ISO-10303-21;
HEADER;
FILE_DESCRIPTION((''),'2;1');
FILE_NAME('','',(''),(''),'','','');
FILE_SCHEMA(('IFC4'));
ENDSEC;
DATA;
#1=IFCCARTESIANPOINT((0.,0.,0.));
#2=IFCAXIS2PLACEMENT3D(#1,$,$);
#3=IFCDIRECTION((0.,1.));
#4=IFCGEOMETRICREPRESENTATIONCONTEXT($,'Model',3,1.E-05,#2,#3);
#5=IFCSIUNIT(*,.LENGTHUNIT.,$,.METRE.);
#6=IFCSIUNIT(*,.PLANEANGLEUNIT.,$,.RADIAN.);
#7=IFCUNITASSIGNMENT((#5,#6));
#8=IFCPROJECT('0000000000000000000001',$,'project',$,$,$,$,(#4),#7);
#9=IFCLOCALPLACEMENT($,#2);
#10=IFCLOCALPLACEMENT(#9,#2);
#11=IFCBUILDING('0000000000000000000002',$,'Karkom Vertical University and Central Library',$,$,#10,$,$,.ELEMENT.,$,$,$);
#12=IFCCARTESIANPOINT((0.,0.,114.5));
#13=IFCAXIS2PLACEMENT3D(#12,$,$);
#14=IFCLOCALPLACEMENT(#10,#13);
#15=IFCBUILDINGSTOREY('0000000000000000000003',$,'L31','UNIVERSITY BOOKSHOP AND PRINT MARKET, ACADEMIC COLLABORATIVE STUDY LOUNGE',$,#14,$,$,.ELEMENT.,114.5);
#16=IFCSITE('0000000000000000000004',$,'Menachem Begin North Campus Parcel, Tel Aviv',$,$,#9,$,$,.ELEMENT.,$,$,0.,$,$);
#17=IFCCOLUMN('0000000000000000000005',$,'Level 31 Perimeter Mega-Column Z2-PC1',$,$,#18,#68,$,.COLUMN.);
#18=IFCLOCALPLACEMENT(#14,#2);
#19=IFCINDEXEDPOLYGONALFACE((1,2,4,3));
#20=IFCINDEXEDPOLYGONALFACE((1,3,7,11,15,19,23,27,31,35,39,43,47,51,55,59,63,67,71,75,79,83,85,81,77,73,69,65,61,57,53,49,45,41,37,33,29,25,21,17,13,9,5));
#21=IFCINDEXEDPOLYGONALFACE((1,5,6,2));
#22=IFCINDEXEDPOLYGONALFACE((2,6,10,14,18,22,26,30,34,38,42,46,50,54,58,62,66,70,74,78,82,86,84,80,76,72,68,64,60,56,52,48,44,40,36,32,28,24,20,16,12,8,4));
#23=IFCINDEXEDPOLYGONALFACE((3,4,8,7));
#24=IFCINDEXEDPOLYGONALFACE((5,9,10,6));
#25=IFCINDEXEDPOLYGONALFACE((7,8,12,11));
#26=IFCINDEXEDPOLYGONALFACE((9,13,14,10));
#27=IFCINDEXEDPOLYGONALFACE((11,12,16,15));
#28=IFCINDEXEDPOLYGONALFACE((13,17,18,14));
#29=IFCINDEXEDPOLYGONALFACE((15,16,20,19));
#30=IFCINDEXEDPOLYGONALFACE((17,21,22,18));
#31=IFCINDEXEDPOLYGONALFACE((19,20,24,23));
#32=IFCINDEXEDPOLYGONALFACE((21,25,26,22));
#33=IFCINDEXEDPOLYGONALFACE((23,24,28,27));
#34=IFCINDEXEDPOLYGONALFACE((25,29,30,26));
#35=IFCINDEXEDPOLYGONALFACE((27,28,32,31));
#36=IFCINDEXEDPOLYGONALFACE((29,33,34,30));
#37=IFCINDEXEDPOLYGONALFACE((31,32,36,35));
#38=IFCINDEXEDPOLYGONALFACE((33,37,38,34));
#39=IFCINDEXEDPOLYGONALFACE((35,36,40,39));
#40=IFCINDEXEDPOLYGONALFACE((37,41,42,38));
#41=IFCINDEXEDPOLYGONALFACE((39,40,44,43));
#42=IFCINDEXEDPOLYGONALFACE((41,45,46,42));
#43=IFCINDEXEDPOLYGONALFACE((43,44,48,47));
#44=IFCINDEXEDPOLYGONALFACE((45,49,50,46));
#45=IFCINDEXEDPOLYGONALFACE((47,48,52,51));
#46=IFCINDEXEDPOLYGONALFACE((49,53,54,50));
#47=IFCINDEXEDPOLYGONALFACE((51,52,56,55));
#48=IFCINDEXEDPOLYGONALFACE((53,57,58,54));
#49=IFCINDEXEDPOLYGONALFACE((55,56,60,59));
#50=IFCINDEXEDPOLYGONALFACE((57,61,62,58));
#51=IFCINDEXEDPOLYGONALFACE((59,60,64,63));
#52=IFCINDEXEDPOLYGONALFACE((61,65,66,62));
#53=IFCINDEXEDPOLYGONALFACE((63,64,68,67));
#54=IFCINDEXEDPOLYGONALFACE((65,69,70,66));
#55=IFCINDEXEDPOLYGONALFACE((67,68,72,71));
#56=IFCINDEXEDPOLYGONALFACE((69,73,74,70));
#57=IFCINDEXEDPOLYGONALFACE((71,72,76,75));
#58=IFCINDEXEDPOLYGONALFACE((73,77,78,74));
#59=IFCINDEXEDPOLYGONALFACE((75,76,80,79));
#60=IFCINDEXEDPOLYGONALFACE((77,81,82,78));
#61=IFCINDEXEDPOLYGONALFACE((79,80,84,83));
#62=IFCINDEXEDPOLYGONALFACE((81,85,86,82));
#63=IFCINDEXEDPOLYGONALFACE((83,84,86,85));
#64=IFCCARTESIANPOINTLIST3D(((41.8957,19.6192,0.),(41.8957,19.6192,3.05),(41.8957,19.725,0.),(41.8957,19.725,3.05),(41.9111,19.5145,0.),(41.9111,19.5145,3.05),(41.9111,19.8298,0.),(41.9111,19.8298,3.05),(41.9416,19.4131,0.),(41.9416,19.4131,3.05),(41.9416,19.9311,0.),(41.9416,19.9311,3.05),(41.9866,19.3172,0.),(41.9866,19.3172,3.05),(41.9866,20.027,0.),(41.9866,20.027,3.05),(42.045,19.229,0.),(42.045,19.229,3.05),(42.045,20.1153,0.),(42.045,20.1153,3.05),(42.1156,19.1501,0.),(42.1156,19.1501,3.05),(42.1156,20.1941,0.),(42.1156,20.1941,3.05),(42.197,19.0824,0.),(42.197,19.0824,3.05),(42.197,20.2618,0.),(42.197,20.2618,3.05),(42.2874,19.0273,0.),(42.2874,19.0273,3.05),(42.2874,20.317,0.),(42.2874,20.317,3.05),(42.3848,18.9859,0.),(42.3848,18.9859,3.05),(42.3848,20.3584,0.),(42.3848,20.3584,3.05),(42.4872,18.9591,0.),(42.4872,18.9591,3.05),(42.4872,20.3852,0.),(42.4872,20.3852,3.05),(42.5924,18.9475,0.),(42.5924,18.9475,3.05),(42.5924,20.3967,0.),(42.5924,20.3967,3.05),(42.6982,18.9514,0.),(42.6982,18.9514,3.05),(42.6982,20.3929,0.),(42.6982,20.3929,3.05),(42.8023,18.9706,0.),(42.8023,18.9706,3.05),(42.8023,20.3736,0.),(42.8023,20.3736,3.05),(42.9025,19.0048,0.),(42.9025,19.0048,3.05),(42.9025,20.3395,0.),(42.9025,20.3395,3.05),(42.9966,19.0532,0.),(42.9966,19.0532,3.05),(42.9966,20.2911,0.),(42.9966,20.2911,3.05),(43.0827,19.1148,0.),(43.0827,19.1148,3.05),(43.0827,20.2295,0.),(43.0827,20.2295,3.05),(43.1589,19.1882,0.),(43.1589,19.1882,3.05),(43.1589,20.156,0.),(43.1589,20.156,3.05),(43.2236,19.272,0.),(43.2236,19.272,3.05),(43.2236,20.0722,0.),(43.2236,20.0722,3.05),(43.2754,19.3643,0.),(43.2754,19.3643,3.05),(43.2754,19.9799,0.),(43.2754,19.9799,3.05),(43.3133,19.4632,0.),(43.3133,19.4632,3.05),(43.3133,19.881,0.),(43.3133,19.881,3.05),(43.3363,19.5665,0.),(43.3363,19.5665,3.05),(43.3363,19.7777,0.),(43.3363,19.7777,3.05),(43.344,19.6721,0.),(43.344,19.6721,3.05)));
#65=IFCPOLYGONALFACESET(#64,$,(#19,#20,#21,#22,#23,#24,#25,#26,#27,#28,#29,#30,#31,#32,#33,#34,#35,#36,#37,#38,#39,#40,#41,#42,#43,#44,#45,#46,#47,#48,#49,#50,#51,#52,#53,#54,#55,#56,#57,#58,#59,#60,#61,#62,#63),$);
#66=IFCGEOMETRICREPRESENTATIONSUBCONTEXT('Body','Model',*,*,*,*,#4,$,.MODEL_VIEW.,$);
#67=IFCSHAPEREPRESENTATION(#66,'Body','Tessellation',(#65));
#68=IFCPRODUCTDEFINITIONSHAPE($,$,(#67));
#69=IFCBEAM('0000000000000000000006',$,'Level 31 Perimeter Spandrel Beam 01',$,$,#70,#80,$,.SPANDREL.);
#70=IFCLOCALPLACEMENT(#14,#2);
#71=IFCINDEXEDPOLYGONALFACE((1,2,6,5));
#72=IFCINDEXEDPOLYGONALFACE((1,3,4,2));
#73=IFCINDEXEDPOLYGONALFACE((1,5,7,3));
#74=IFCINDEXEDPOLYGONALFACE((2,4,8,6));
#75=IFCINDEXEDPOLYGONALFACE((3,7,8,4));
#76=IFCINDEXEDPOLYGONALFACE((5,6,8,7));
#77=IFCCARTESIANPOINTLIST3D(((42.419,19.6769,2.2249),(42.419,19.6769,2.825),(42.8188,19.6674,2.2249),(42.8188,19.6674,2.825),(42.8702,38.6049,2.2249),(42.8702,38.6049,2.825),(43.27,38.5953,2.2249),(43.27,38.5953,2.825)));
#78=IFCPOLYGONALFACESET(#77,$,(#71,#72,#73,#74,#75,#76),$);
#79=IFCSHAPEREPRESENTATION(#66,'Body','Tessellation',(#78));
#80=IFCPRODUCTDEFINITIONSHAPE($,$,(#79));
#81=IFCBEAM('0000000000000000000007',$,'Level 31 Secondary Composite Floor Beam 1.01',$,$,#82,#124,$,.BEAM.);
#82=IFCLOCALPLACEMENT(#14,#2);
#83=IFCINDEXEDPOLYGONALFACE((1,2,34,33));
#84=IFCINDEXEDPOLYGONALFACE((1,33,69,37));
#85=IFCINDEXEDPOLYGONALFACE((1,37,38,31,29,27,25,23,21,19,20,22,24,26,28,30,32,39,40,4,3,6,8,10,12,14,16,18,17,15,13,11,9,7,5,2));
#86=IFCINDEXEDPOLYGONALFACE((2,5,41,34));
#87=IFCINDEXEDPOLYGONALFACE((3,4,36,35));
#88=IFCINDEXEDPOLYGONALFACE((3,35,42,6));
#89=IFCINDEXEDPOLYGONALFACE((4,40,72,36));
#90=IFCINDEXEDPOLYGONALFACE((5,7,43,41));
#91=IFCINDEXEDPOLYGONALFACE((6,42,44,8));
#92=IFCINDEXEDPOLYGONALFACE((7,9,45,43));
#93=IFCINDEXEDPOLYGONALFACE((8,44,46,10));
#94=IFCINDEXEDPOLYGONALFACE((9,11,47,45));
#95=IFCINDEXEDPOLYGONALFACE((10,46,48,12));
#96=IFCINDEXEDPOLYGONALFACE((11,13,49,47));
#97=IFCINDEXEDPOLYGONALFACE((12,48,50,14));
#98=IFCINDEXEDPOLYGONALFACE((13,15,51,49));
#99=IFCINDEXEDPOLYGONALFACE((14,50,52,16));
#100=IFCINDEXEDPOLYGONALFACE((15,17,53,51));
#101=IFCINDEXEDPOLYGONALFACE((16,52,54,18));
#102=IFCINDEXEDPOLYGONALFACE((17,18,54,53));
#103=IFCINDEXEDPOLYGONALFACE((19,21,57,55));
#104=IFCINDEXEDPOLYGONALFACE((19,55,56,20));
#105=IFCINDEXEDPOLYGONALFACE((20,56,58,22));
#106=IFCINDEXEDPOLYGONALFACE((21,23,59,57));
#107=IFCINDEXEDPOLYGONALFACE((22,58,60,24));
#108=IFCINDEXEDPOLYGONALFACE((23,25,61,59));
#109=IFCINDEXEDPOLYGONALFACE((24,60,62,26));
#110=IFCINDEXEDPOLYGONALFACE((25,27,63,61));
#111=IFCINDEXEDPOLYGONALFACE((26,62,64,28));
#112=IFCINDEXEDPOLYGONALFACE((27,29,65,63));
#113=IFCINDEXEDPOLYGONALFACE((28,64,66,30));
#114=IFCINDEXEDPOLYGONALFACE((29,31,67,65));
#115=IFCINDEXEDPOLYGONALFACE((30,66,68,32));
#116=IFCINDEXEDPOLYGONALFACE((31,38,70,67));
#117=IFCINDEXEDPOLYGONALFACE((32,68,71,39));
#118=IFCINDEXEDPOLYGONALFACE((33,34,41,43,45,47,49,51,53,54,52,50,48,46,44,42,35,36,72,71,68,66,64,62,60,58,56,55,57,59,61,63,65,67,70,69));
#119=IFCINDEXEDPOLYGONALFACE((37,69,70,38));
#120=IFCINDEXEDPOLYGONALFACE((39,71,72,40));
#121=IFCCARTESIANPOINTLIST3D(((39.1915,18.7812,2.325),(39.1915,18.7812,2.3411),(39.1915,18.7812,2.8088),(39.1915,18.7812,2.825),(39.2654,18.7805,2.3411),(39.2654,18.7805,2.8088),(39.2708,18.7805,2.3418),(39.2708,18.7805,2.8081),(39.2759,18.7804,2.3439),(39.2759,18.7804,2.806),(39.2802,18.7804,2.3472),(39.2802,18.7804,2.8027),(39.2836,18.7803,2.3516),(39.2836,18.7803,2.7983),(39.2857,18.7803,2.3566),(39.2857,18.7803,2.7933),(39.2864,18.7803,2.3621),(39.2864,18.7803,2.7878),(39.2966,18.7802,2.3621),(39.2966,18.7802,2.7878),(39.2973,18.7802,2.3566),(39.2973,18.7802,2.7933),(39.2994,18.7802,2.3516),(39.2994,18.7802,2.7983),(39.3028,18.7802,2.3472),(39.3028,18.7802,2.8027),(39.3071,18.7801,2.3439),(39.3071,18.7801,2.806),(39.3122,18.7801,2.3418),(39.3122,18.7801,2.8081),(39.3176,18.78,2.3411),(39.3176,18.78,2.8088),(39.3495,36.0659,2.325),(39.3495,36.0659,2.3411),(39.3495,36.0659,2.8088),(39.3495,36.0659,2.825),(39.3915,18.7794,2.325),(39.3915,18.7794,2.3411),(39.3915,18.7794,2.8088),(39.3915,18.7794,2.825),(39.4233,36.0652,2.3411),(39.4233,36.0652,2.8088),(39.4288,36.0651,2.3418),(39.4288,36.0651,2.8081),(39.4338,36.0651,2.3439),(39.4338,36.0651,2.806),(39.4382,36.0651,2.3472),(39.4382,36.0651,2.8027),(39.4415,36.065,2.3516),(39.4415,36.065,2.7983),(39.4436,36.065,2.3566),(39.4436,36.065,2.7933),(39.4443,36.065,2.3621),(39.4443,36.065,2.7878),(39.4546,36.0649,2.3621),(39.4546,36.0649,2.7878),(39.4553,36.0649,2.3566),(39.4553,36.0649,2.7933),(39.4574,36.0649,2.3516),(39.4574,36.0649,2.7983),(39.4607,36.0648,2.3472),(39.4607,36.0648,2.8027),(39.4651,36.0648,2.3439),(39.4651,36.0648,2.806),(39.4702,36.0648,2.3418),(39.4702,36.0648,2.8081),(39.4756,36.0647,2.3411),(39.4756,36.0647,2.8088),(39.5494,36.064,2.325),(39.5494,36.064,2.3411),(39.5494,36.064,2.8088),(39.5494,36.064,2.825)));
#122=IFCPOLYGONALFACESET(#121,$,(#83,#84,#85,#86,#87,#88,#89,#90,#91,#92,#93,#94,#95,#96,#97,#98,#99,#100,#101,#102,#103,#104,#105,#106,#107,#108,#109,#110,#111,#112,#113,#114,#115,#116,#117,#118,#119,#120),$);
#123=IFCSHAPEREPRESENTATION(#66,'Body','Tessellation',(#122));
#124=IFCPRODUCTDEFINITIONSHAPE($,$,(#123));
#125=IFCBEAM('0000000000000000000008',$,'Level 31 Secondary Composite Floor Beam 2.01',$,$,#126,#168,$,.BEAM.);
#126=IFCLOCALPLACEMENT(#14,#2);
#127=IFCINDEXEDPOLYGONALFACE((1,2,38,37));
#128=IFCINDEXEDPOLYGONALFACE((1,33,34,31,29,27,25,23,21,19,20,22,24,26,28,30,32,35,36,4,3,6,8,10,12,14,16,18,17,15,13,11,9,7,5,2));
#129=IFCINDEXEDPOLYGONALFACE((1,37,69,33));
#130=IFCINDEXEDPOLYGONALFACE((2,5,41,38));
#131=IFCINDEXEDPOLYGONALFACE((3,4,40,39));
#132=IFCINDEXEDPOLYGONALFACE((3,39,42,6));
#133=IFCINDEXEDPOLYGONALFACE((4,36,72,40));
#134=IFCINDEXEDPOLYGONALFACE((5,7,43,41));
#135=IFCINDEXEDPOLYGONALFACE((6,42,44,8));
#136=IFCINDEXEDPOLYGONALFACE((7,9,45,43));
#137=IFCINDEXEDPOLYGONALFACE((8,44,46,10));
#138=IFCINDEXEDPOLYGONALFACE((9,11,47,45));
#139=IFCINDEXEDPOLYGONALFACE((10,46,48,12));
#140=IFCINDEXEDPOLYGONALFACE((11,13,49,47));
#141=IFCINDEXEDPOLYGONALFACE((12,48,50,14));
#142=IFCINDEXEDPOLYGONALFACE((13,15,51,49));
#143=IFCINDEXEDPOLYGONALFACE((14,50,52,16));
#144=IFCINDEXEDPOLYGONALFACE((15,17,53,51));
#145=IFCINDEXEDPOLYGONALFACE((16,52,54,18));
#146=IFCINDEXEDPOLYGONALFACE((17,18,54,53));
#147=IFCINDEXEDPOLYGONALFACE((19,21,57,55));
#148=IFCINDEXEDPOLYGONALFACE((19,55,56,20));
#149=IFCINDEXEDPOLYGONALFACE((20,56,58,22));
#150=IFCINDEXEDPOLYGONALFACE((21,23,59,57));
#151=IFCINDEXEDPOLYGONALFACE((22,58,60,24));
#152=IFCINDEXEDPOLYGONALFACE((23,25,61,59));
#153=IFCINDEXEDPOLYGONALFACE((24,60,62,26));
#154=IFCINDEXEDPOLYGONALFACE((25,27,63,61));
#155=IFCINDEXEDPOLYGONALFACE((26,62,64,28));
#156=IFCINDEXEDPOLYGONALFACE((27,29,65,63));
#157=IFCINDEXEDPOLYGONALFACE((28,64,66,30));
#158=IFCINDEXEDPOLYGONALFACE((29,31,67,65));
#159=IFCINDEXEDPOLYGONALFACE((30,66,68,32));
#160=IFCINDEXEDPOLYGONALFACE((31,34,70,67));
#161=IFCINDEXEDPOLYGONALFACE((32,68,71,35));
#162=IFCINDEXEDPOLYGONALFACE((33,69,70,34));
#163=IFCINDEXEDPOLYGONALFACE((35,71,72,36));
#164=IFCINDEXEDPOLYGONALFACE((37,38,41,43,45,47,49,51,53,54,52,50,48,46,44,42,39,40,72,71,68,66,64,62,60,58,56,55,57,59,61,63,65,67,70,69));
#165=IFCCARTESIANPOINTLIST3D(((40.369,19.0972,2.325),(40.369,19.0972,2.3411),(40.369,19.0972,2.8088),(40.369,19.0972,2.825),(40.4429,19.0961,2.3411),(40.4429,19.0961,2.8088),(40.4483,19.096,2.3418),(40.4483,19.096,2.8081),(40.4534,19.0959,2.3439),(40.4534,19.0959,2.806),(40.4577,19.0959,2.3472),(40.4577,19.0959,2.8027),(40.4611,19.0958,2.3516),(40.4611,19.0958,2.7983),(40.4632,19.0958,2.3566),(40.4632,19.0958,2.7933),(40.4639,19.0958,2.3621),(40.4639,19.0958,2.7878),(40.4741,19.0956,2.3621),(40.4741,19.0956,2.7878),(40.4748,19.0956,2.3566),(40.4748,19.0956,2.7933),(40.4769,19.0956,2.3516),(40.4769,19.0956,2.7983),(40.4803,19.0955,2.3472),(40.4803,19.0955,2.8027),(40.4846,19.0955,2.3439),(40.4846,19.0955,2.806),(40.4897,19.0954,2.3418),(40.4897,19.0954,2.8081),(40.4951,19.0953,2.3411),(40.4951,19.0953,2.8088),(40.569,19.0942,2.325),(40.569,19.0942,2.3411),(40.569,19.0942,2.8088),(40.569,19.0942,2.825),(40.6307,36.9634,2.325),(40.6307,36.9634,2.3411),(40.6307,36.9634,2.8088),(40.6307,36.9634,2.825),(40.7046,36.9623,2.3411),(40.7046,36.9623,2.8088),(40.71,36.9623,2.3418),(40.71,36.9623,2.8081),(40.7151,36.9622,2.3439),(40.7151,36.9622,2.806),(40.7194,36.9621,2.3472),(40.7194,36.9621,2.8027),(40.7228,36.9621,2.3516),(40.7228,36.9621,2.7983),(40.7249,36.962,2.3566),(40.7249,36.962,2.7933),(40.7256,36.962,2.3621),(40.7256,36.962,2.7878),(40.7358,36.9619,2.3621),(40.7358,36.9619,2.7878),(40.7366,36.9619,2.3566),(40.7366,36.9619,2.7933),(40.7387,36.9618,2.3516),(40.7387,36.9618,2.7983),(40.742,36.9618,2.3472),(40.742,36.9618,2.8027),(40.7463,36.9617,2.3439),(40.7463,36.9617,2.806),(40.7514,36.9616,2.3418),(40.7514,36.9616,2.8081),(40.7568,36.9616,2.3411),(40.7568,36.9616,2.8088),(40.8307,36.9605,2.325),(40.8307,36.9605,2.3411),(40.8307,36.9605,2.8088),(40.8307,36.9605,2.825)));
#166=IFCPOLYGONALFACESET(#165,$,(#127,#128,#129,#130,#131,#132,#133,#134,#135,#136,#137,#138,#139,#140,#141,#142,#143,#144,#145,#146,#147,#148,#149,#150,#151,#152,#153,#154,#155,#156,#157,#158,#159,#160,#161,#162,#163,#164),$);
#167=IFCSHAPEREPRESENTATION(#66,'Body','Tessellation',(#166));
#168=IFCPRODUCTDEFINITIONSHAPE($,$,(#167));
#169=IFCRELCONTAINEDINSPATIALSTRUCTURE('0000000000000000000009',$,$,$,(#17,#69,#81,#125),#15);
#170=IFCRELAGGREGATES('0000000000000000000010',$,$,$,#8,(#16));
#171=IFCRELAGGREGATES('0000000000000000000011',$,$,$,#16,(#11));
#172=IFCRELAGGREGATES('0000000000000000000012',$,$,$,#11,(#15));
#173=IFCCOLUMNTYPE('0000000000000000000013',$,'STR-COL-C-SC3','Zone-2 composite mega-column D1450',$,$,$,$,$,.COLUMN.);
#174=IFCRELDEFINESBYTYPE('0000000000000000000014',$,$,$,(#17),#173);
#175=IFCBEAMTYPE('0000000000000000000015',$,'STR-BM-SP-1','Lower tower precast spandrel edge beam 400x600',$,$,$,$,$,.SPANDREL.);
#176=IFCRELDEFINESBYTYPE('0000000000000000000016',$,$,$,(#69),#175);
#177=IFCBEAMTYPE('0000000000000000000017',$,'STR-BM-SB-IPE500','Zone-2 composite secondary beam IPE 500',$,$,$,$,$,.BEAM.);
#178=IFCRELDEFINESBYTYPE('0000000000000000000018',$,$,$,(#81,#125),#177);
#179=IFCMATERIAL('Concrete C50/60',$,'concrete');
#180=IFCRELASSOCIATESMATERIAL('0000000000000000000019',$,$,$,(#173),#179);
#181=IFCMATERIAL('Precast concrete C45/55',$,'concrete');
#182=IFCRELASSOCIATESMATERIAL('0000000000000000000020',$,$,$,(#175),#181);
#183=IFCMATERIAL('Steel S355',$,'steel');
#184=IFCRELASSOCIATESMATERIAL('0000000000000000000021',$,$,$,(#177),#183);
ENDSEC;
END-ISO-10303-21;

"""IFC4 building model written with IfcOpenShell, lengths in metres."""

from ifc_helpers import new_model, si_unit, direction, frame, origin, origin_with_axes, origin_2d, place, context, subcontext, project, spatial, rectangle, circle, i_section, extrude, source, transform, mapped, material, material_profile, profile_set, type_object, element, save


model = new_model("IFC4")

# Units and contexts
model_context = context("Model", 3, precision=1e-05, world=origin(), true_north=direction((0.0, 1.0)))
body_context = subcontext(model_context, "Body", "Model", "MODEL_VIEW")
ifc_project = project(units=[si_unit("LENGTHUNIT", "METRE"), si_unit("PLANEANGLEUNIT", "RADIAN")], contexts=[model_context])

# Site, building, storey
site_placement = place(None, origin())
site = spatial("IfcSite", under=ifc_project, at=site_placement, Name="Menachem Begin North Campus Parcel, Tel Aviv", CompositionType="ELEMENT", RefElevation=0.0)
building_placement = place(site_placement, origin())
building = spatial("IfcBuilding", under=site, at=building_placement, Name="Karkom Vertical University and Central Library", CompositionType="ELEMENT")
storey_placement = place(building_placement, frame((0.0, 0.0, 114.5)))
storey = spatial("IfcBuildingStorey", under=building, at=storey_placement, Name="L31", Description="UNIVERSITY BOOKSHOP AND PRINT MARKET, ACADEMIC COLLABORATIVE STUDY LOUNGE", CompositionType="ELEMENT", Elevation=114.5)

# Column
ifc_material_1 = material(Name="Concrete C50/60", Category="concrete")
ifc_material_profile_1 = material_profile(ifc_material_1, circle(Radius=0.7251, at=origin_2d()), Name="CFT-D1450")
ifc_profile_set_1 = profile_set([ifc_material_profile_1], Name="Concrete C50/60")
column_type = type_object("IfcColumnType", Name="STR-COL-C-SC3", Description="Zone-2 composite mega-column D1450", PredefinedType="COLUMN", material=ifc_profile_set_1)
shared_shape_1 = source(origin_with_axes(), body_context, "Body", "SweptSolid", [
    extrude(circle(Radius=0.7251, at=origin_2d()), origin(), (0.0, 0.0, 1.0), 3.05),
])
column_placement = place(storey_placement, frame((42.6189, 19.6721, 0.0), z_axis=(0.0, 0.0, 1.0), x_axis=(1.0, 0.0, 0.0)))
element("IfcColumn", 1, at=column_placement, inside=storey, type_object=column_type, Name="Level 31 Perimeter Mega-Column Z2-PC1", PredefinedType="COLUMN", context=body_context, shape_type="MappedRepresentation", body=[
    mapped(shared_shape_1, transform((0.0, 0.0, 0.0), scale=1.0)),
])

# Beams
ifc_material_2 = material(Name="Precast concrete C45/55", Category="concrete")
ifc_material_profile_2 = material_profile(ifc_material_2, rectangle(XDim=0.3999, YDim=0.6001, at=origin_2d()), Name="SPB-400x600")
ifc_profile_set_2 = profile_set([ifc_material_profile_2], Name="Precast concrete C45/55")
beam_type_1 = type_object("IfcBeamType", Name="STR-BM-SP-1", Description="Lower tower precast spandrel edge beam 400x600", PredefinedType="SPANDREL", material=ifc_profile_set_2)
shared_shape_2 = source(origin_with_axes(), body_context, "Body", "SweptSolid", [
    extrude(rectangle(XDim=0.3999, YDim=0.6001, at=origin_2d()), origin(), (0.0, 0.0, 1.0), 18.9333),
])
beam_1_placement = place(storey_placement, frame((42.6189, 19.6721, 2.5249), z_axis=(0.023829, 0.999716, 0.0), x_axis=(-0.999716, 0.023829, 0.0)))
element("IfcBeam", 2, at=beam_1_placement, inside=storey, type_object=beam_type_1, Name="Level 31 Perimeter Spandrel Beam 01", PredefinedType="SPANDREL", context=body_context, shape_type="MappedRepresentation", body=[
    mapped(shared_shape_2, transform((0.0, 0.0, 0.0), scale=1.0)),
])
ifc_material_3 = material(Name="Steel S355", Category="steel")
ifc_material_profile_3 = material_profile(ifc_material_3, i_section(OverallWidth=0.2, OverallDepth=0.5, WebThickness=0.0103, FlangeThickness=0.0161, FilletRadius=0.021, at=origin_2d()), Name="IPE 500")
ifc_profile_set_3 = profile_set([ifc_material_profile_3], Name="Steel S355")
beam_type_2 = type_object("IfcBeamType", Name="STR-BM-SB-IPE500", Description="Zone-2 composite secondary beam IPE 500", PredefinedType="BEAM", material=ifc_profile_set_3)
shared_shape_3 = source(origin_with_axes(), body_context, "Body", "SweptSolid", [
    extrude(i_section(OverallWidth=0.2, OverallDepth=0.5, WebThickness=0.0103, FlangeThickness=0.0161, FilletRadius=0.021, at=origin_2d()), origin(), (0.0, 0.0, 1.0), 17.2854),
])
beam_2_placement = place(storey_placement, frame((39.2915, 18.7803, 2.575), z_axis=(0.009138, 0.999958, 0.0), x_axis=(-0.999958, 0.009138, 0.0)))
element("IfcBeam", 3, at=beam_2_placement, inside=storey, type_object=beam_type_2, Name="Level 31 Secondary Composite Floor Beam 1.01", PredefinedType="BEAM", context=body_context, shape_type="MappedRepresentation", body=[
    mapped(shared_shape_3, transform((0.0, 0.0, 0.0), scale=1.0)),
])
shared_shape_4 = source(origin_with_axes(), body_context, "Body", "SweptSolid", [
    extrude(i_section(OverallWidth=0.2, OverallDepth=0.5, WebThickness=0.0103, FlangeThickness=0.0161, FilletRadius=0.021, at=origin_2d()), origin(), (0.0, 0.0, 1.0), 17.8682),
])
beam_3_placement = place(storey_placement, frame((40.469, 19.0957, 2.575), z_axis=(0.014647, 0.999893, 0.0), x_axis=(-0.999893, 0.014647, 0.0)))
element("IfcBeam", 4, at=beam_3_placement, inside=storey, type_object=beam_type_2, Name="Level 31 Secondary Composite Floor Beam 2.01", PredefinedType="BEAM", context=body_context, shape_type="MappedRepresentation", body=[
    mapped(shared_shape_4, transform((0.0, 0.0, 0.0), scale=1.0)),
])

save(model, "model.ifc")
